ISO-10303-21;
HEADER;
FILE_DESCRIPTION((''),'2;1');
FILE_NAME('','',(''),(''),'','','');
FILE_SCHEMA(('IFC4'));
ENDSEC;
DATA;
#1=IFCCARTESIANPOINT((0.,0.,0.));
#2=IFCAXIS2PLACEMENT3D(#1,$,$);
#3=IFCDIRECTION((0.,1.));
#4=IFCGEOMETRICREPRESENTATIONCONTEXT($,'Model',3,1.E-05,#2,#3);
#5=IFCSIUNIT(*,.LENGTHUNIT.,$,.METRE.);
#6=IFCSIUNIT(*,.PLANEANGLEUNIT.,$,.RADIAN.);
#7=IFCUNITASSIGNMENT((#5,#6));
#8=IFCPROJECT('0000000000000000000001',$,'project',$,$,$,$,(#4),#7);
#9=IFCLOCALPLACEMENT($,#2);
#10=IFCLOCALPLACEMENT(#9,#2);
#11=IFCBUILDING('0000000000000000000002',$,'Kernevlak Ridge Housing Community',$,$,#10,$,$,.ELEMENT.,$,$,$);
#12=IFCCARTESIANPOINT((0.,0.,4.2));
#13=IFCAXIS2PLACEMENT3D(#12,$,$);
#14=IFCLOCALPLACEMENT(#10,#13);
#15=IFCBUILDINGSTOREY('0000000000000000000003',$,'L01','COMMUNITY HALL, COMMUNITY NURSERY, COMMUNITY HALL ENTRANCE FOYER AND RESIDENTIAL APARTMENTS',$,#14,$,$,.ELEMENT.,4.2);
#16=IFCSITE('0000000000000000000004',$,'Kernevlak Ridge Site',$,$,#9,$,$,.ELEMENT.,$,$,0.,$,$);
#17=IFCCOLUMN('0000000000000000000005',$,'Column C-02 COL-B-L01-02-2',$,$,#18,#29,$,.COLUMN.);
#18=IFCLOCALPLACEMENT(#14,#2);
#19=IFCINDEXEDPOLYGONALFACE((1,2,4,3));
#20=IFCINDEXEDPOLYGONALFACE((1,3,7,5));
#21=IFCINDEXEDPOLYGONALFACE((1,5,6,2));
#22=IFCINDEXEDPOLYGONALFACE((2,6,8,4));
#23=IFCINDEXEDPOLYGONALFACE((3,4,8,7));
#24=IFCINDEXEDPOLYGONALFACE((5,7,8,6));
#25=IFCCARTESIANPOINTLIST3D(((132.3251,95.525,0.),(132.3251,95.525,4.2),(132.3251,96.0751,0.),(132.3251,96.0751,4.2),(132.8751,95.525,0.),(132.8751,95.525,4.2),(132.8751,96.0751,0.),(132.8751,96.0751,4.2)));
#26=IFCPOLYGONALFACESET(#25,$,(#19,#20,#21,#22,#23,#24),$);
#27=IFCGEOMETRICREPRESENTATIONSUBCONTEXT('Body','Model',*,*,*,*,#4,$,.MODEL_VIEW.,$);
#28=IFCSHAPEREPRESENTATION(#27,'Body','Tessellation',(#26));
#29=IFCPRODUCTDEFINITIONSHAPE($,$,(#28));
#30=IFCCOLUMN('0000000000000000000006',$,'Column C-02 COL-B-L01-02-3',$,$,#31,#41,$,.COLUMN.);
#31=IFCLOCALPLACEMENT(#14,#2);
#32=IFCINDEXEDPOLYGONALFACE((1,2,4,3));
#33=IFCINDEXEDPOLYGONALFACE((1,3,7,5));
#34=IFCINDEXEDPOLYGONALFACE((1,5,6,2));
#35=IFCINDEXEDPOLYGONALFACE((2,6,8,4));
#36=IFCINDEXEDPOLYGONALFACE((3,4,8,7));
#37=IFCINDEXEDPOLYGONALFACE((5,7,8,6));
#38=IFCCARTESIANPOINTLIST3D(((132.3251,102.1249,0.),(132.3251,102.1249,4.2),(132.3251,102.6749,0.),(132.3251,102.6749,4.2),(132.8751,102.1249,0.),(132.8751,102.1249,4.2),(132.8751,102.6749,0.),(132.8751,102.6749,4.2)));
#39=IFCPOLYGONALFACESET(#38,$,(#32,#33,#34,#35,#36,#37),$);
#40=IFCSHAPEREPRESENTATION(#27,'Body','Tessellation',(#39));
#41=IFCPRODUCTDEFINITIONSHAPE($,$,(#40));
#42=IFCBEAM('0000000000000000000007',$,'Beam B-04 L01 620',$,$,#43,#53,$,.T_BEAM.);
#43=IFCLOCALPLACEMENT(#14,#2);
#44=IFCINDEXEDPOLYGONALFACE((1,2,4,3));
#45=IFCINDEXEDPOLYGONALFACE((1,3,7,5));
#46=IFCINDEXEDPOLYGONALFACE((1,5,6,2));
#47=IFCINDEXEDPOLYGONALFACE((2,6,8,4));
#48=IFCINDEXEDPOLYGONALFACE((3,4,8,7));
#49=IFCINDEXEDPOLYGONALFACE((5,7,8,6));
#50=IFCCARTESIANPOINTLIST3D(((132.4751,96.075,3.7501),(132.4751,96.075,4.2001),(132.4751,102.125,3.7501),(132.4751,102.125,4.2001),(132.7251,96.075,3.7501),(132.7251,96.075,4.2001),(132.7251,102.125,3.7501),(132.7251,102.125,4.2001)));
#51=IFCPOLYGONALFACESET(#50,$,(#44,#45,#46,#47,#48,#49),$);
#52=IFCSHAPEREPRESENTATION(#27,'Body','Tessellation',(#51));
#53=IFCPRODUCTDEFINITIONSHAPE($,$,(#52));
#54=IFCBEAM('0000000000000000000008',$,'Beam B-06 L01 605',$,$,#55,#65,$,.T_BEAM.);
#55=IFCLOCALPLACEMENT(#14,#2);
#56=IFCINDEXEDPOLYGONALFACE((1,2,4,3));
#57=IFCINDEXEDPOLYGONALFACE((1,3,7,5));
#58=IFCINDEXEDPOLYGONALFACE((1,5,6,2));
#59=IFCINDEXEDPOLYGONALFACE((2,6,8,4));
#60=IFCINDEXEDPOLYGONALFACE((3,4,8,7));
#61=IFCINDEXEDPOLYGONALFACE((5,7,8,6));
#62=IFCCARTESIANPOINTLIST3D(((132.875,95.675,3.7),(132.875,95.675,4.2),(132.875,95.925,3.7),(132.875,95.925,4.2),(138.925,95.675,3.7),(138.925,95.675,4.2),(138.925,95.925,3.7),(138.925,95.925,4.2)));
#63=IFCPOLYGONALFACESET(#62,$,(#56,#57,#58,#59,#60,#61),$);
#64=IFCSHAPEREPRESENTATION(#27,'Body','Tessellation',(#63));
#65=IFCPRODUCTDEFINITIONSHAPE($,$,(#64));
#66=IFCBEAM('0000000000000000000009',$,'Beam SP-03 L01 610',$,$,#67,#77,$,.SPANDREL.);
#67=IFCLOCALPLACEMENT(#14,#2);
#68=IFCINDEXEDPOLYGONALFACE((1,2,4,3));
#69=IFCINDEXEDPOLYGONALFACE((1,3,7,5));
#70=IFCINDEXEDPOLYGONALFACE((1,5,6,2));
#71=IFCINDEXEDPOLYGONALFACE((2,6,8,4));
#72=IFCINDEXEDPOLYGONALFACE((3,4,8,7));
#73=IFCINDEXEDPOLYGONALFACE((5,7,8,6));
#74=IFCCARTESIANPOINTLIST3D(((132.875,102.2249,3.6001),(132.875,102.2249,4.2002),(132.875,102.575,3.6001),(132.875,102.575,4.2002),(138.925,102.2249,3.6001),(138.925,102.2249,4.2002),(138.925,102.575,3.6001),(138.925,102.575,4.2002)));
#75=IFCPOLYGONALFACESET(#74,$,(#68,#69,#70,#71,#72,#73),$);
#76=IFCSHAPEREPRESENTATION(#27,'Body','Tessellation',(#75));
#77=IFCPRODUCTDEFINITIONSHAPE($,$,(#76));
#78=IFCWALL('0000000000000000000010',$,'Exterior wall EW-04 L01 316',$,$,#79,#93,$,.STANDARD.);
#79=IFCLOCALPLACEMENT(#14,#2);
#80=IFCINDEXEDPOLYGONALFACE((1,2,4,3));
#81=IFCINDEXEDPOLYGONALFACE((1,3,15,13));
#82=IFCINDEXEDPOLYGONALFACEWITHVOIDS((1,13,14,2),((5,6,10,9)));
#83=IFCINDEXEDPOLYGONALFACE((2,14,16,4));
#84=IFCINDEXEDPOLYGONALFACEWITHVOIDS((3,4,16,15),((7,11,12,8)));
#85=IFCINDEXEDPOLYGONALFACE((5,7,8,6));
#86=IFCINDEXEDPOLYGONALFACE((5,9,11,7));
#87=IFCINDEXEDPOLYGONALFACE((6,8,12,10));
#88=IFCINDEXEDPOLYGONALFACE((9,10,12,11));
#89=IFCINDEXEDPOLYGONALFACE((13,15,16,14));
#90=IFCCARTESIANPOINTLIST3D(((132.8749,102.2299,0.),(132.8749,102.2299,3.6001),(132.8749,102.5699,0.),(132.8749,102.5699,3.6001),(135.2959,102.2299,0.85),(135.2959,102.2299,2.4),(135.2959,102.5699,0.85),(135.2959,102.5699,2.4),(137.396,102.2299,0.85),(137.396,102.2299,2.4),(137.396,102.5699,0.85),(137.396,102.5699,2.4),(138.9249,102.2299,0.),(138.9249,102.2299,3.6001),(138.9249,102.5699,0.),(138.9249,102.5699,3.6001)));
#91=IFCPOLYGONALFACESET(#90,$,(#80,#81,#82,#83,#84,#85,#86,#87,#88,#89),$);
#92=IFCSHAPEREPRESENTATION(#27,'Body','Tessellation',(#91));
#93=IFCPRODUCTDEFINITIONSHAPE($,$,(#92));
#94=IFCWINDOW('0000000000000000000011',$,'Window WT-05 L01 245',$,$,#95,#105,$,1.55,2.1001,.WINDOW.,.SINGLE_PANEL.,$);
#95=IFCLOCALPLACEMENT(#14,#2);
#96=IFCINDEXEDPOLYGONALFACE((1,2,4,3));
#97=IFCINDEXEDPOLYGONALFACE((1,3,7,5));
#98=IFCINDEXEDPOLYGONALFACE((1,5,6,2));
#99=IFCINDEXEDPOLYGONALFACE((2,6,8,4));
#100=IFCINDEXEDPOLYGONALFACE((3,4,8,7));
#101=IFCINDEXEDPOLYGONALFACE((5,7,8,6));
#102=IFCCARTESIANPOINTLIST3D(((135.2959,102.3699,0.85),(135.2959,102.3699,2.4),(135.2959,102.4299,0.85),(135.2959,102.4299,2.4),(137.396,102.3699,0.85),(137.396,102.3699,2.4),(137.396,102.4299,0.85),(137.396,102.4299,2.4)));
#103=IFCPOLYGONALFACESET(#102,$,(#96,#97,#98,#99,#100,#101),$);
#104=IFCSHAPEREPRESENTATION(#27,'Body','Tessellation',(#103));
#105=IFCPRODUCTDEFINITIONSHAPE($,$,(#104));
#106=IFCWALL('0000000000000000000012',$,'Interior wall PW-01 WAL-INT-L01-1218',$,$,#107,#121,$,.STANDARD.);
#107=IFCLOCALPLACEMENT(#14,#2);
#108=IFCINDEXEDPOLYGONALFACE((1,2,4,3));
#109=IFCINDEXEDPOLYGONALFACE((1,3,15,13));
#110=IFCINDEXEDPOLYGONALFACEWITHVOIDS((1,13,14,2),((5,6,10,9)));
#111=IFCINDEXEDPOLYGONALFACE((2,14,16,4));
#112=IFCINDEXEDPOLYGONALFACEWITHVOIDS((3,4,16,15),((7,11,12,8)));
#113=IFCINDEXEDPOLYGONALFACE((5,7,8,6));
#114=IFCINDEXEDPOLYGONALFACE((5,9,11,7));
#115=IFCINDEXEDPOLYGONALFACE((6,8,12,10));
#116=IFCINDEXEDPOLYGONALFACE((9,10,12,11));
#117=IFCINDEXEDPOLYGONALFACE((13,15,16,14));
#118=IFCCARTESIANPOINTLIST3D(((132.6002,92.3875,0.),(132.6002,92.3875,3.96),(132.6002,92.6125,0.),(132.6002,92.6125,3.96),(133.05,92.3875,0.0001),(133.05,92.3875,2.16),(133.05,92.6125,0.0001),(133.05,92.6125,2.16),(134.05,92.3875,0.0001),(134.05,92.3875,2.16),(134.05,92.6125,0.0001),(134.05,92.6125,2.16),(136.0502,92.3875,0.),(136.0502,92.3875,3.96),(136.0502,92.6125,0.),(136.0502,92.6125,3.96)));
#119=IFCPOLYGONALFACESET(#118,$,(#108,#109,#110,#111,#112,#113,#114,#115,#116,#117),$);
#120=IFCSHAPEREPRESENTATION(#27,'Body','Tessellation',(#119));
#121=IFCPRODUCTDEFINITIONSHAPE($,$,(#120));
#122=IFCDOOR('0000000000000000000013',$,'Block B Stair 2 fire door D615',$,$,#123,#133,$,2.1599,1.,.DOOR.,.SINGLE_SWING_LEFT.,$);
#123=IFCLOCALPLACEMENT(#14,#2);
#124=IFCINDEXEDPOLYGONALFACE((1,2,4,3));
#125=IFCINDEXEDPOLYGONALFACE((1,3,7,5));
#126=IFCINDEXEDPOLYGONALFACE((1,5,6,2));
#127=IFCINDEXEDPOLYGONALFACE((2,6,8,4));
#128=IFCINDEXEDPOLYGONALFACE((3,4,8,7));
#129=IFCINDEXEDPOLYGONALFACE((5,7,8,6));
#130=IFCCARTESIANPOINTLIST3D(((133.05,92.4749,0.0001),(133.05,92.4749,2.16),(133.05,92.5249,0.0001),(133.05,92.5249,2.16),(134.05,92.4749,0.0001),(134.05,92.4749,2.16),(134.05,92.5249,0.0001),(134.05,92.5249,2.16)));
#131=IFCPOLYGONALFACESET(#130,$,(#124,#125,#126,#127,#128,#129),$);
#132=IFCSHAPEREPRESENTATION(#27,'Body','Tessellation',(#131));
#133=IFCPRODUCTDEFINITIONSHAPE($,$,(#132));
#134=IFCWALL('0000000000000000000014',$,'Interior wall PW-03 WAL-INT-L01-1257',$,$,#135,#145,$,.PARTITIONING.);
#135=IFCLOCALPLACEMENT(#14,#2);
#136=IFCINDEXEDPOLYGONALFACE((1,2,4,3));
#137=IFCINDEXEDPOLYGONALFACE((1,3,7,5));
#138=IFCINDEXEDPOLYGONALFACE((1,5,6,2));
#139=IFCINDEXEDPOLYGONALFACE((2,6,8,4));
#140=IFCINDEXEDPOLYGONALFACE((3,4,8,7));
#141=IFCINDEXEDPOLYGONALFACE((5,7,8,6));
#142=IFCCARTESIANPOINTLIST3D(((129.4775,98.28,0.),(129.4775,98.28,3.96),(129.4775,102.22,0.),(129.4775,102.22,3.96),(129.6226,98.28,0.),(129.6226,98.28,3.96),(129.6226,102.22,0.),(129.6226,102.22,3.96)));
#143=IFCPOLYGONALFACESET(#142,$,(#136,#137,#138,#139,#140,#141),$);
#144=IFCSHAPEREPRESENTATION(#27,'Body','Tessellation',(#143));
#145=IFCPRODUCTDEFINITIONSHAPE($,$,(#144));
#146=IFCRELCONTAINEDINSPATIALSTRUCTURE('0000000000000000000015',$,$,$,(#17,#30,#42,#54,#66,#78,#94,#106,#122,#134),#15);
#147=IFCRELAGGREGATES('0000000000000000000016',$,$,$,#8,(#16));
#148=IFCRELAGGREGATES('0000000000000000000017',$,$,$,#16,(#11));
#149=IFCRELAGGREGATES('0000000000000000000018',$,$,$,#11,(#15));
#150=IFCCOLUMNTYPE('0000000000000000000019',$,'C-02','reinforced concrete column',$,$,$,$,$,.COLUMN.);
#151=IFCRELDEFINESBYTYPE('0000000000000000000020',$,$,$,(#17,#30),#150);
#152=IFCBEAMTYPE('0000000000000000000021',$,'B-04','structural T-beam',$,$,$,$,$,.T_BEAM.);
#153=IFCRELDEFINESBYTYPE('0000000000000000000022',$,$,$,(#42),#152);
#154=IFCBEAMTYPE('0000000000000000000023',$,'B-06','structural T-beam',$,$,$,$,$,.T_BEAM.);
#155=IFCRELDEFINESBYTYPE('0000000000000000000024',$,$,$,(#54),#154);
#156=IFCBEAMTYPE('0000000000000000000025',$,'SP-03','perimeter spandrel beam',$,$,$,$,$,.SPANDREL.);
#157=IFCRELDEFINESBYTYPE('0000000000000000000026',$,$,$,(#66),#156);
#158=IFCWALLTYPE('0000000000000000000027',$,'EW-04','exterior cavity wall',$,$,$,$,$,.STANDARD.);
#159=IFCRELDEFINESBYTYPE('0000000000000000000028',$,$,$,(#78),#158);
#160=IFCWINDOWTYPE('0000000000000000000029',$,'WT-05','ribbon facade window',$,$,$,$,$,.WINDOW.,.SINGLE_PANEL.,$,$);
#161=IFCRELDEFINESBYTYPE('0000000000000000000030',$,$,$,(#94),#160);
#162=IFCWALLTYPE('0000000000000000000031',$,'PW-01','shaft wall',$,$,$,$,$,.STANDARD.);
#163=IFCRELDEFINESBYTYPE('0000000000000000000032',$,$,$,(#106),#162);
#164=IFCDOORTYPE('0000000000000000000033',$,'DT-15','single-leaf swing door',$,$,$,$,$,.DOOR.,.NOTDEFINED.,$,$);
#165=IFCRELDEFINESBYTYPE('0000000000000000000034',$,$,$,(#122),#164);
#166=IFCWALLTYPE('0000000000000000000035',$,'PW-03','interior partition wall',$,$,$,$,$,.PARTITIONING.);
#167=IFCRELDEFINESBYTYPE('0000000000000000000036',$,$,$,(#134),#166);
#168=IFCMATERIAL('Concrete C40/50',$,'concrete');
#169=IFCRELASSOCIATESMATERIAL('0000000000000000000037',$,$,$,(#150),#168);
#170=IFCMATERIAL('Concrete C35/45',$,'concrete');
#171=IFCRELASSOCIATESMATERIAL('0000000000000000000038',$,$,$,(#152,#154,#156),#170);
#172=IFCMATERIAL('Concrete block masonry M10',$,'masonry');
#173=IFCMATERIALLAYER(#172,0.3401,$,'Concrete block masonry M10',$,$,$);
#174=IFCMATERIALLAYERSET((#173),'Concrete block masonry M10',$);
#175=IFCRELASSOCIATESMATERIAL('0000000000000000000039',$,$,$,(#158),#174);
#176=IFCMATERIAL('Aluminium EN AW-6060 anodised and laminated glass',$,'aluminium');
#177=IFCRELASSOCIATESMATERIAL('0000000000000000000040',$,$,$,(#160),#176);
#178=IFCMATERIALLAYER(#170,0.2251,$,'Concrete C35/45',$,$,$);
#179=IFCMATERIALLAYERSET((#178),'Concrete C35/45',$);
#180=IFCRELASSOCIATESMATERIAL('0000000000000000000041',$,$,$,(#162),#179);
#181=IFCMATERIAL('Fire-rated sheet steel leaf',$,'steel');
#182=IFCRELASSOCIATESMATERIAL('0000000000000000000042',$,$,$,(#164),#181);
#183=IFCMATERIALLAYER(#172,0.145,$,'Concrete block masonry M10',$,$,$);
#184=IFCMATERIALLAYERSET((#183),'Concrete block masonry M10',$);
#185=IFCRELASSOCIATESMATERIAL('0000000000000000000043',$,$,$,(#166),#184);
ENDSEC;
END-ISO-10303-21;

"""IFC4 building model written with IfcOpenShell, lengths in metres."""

from ifc_helpers import new_model, si_unit, direction, frame, frame_2d, origin, origin_2d, place, context, subcontext, project, spatial, rectangle, extrude, material, layer, layer_set, material_profile, profile_set, type_object, element, fill, save


model = new_model("IFC4")

# Units and contexts
model_context = context("Model", 3, precision=1e-05, world=origin(), true_north=direction((0.0, 1.0)))
body_context = subcontext(model_context, "Body", "Model", "MODEL_VIEW")
ifc_project = project(units=[si_unit("LENGTHUNIT", "METRE"), si_unit("PLANEANGLEUNIT", "RADIAN")], contexts=[model_context])

# Site, building, storey
site_placement = place(None, origin())
site = spatial("IfcSite", under=ifc_project, at=site_placement, Name="Kernevlak Ridge Site", CompositionType="ELEMENT", RefElevation=0.0)
building_placement = place(site_placement, origin())
building = spatial("IfcBuilding", under=site, at=building_placement, Name="Kernevlak Ridge Housing Community", CompositionType="ELEMENT")
storey_placement = place(building_placement, frame((0.0, 0.0, 4.2)))
storey = spatial("IfcBuildingStorey", under=building, at=storey_placement, Name="L01", Description="COMMUNITY HALL, COMMUNITY NURSERY, COMMUNITY HALL ENTRANCE FOYER AND RESIDENTIAL APARTMENTS", CompositionType="ELEMENT", Elevation=4.2)

# Columns
ifc_material_1 = material(Name="Concrete C40/50", Category="concrete")
ifc_material_profile_1 = material_profile(ifc_material_1, rectangle(XDim=0.55, YDim=0.55, at=origin_2d()), Name="RC 550x550")
ifc_profile_set_1 = profile_set([ifc_material_profile_1], Name="Concrete C40/50")
column_type = type_object("IfcColumnType", Name="C-02", Description="reinforced concrete column", PredefinedType="COLUMN", material=ifc_profile_set_1)
for number, where, z_axis, x_axis, name in (
    (1, (132.6001, 95.8, 0.0), (0.0, 0.0, 1.0), (1.0, 0.0, 0.0), "Column C-02 COL-B-L01-02-2"),
    (2, (132.6001, 102.3999, 0.0), (0.0, 0.0, 1.0), (1.0, 0.0, 0.0), "Column C-02 COL-B-L01-02-3"),
):
    element("IfcColumn", number, at=place(storey_placement, frame(where, z_axis=z_axis, x_axis=x_axis)), inside=storey, type_object=column_type, Name=name, PredefinedType="COLUMN", context=body_context, shape_type="SweptSolid", body=[
        extrude(rectangle(XDim=0.55, YDim=0.55, at=origin_2d()), origin(), (0.0, 0.0, 1.0), 4.2),
    ])

# Beams
ifc_material_2 = material(Name="Concrete C35/45", Category="concrete")
ifc_material_profile_2 = material_profile(ifc_material_2, rectangle(XDim=0.25, YDim=0.45, at=origin_2d()), Name="RC 250x450")
ifc_profile_set_2 = profile_set([ifc_material_profile_2], Name="Concrete C35/45")
beam_type_1 = type_object("IfcBeamType", Name="B-04", Description="structural T-beam", PredefinedType="T_BEAM", material=ifc_profile_set_2)
beam_1_placement = place(storey_placement, frame((132.6001, 96.075, 3.9751), z_axis=(0.0, 1.0, 0.0), x_axis=(-1.0, 0.0, 0.0)))
element("IfcBeam", 3, at=beam_1_placement, inside=storey, type_object=beam_type_1, Name="Beam B-04 L01 620", PredefinedType="T_BEAM", context=body_context, shape_type="SweptSolid", body=[
    extrude(rectangle(XDim=0.25, YDim=0.45, at=origin_2d()), origin(), (0.0, 0.0, 1.0), 6.05),
])
ifc_material_profile_3 = material_profile(ifc_material_2, rectangle(XDim=0.25, YDim=0.5, at=origin_2d()), Name="RC 250x500")
ifc_profile_set_3 = profile_set([ifc_material_profile_3], Name="Concrete C35/45")
beam_type_2 = type_object("IfcBeamType", Name="B-06", Description="structural T-beam", PredefinedType="T_BEAM", material=ifc_profile_set_3)
beam_2_placement = place(storey_placement, frame((132.875, 95.8, 3.95), z_axis=(1.0, 0.0, 0.0), x_axis=(0.0, 1.0, 0.0)))
element("IfcBeam", 4, at=beam_2_placement, inside=storey, type_object=beam_type_2, Name="Beam B-06 L01 605", PredefinedType="T_BEAM", context=body_context, shape_type="SweptSolid", body=[
    extrude(rectangle(XDim=0.25, YDim=0.5, at=origin_2d()), origin(), (0.0, 0.0, 1.0), 6.05),
])
ifc_material_profile_4 = material_profile(ifc_material_2, rectangle(XDim=0.3501, YDim=0.6001, at=origin_2d()), Name="RC 350x600")
ifc_profile_set_4 = profile_set([ifc_material_profile_4], Name="Concrete C35/45")
beam_type_3 = type_object("IfcBeamType", Name="SP-03", Description="perimeter spandrel beam", PredefinedType="SPANDREL", material=ifc_profile_set_4)
beam_3_placement = place(storey_placement, frame((132.875, 102.3999, 3.9001), z_axis=(1.0, 0.0, 0.0), x_axis=(0.0, 1.0, 0.0)))
element("IfcBeam", 5, at=beam_3_placement, inside=storey, type_object=beam_type_3, Name="Beam SP-03 L01 610", PredefinedType="SPANDREL", context=body_context, shape_type="SweptSolid", body=[
    extrude(rectangle(XDim=0.3501, YDim=0.6001, at=origin_2d()), origin(), (0.0, 0.0, 1.0), 6.05),
])

# Wall, opening, window
ifc_material_3 = material(Name="Concrete block masonry M10", Category="masonry")
ifc_layer_1 = layer(ifc_material_3, 0.3401, Name="Concrete block masonry M10")
ifc_layer_set_1 = layer_set([ifc_layer_1], Name="Concrete block masonry M10")
wall_type_1 = type_object("IfcWallType", Name="EW-04", Description="exterior cavity wall", PredefinedType="STANDARD", material=ifc_layer_set_1)
wall_1_placement = place(storey_placement, frame((132.875, 102.3999, 0.0), z_axis=(0.0, 0.0, 1.0), x_axis=(1.0, 0.0, 0.0)))
wall_1 = element("IfcWall", 6, at=wall_1_placement, inside=storey, type_object=wall_type_1, Name="Exterior wall EW-04 L01 316", PredefinedType="STANDARD", context=body_context, shape_type="SweptSolid", body=[
    extrude(rectangle(XDim=6.05, YDim=0.3401, at=frame_2d((3.0249, 0.0))), origin(), (0.0, 0.0, 1.0), 3.6001),
])
opening_1_placement = place(wall_1_placement, frame((2.4209, 0.0, 0.8501)))
opening_1 = element("IfcOpeningElement", 7, at=opening_1_placement, cuts=wall_1, PredefinedType="OPENING", context=body_context, shape_type="SweptSolid", body=[
    extrude(rectangle(XDim=2.1001, YDim=1.55, at=frame_2d((1.05, 0.7749))), frame((0.0, 0.1799, 0.0), z_axis=(0.0, -1.0, 0.0), x_axis=(1.0, 0.0, 0.0)), (0.0, 0.0, 1.0), 0.3601),
])
ifc_material_4 = material(Name="Aluminium EN AW-6060 anodised and laminated glass", Category="aluminium")
window_type = type_object("IfcWindowType", Name="WT-05", Description="ribbon facade window", PartitioningType="SINGLE_PANEL", PredefinedType="WINDOW", material=ifc_material_4)
window_placement = place(opening_1_placement, origin())
window = element("IfcWindow", 8, at=window_placement, inside=storey, type_object=window_type, Name="Window WT-05 L01 245", OverallHeight=1.55, OverallWidth=2.1001, PartitioningType="SINGLE_PANEL", PredefinedType="WINDOW", context=body_context, shape_type="SweptSolid", body=[
    extrude(rectangle(XDim=2.1001, YDim=1.55, at=frame_2d((1.05, 0.7749))), frame((0.0, 0.03, 0.0), z_axis=(0.0, -1.0, 0.0), x_axis=(1.0, 0.0, 0.0)), (0.0, 0.0, 1.0), 0.0601),
])
fill(opening_1, window)

# Wall, opening, door
ifc_layer_2 = layer(ifc_material_2, 0.2251, Name="Concrete C35/45")
ifc_layer_set_2 = layer_set([ifc_layer_2], Name="Concrete C35/45")
wall_type_2 = type_object("IfcWallType", Name="PW-01", Description="shaft wall", PredefinedType="STANDARD", material=ifc_layer_set_2)
wall_2_placement = place(storey_placement, frame((132.6001, 92.5, 0.0), z_axis=(0.0, 0.0, 1.0), x_axis=(1.0, 0.0, 0.0)))
wall_2 = element("IfcWall", 9, at=wall_2_placement, inside=storey, type_object=wall_type_2, Name="Interior wall PW-01 WAL-INT-L01-1218", PredefinedType="STANDARD", context=body_context, shape_type="SweptSolid", body=[
    extrude(rectangle(XDim=3.45, YDim=0.2251, at=frame_2d((1.7251, 0.0))), origin(), (0.0, 0.0, 1.0), 3.96),
])
opening_2_placement = place(wall_2_placement, frame((0.45, 0.0, 0.0)))
opening_2 = element("IfcOpeningElement", 10, at=opening_2_placement, cuts=wall_2, PredefinedType="OPENING", context=body_context, shape_type="SweptSolid", body=[
    extrude(rectangle(XDim=1.0, YDim=2.1599, at=frame_2d((0.5, 1.0801))), frame((0.0, 0.1226, 0.0), z_axis=(0.0, -1.0, 0.0), x_axis=(1.0, 0.0, 0.0)), (0.0, 0.0, 1.0), 0.2451),
])
ifc_material_5 = material(Name="Fire-rated sheet steel leaf", Category="steel")
door_type_1 = type_object("IfcDoorType", Name="DT-15", Description="single-leaf swing door", OperationType="NOTDEFINED", PredefinedType="DOOR", material=ifc_material_5)
door_1_placement = place(opening_2_placement, origin())
door_1 = element("IfcDoor", 11, at=door_1_placement, inside=storey, type_object=door_type_1, Name="Block B Stair 2 fire door D615", OperationType="SINGLE_SWING_LEFT", OverallHeight=2.1599, OverallWidth=1.0, PredefinedType="DOOR", context=body_context, shape_type="SweptSolid", body=[
    extrude(rectangle(XDim=1.0, YDim=2.1599, at=frame_2d((0.5, 1.0801))), frame((0.0, 0.0249, 0.0), z_axis=(0.0, -1.0, 0.0), x_axis=(1.0, 0.0, 0.0)), (0.0, 0.0, 1.0), 0.05),
])
fill(opening_2, door_1)

# Wall
ifc_layer_3 = layer(ifc_material_3, 0.145, Name="Concrete block masonry M10")
ifc_layer_set_3 = layer_set([ifc_layer_3], Name="Concrete block masonry M10")
wall_type_3 = type_object("IfcWallType", Name="PW-03", Description="interior partition wall", PredefinedType="PARTITIONING", material=ifc_layer_set_3)
wall_3_placement = place(storey_placement, frame((129.55, 98.28, 0.0), z_axis=(0.0, 0.0, 1.0), x_axis=(0.0, 1.0, 0.0)))
element("IfcWall", 12, at=wall_3_placement, inside=storey, type_object=wall_type_3, Name="Interior wall PW-03 WAL-INT-L01-1257", PredefinedType="PARTITIONING", context=body_context, shape_type="SweptSolid", body=[
    extrude(rectangle(XDim=3.9399, YDim=0.145, at=frame_2d((1.97, 0.0))), origin(), (0.0, 0.0, 1.0), 3.96),
])

save(model, "model.ifc")
